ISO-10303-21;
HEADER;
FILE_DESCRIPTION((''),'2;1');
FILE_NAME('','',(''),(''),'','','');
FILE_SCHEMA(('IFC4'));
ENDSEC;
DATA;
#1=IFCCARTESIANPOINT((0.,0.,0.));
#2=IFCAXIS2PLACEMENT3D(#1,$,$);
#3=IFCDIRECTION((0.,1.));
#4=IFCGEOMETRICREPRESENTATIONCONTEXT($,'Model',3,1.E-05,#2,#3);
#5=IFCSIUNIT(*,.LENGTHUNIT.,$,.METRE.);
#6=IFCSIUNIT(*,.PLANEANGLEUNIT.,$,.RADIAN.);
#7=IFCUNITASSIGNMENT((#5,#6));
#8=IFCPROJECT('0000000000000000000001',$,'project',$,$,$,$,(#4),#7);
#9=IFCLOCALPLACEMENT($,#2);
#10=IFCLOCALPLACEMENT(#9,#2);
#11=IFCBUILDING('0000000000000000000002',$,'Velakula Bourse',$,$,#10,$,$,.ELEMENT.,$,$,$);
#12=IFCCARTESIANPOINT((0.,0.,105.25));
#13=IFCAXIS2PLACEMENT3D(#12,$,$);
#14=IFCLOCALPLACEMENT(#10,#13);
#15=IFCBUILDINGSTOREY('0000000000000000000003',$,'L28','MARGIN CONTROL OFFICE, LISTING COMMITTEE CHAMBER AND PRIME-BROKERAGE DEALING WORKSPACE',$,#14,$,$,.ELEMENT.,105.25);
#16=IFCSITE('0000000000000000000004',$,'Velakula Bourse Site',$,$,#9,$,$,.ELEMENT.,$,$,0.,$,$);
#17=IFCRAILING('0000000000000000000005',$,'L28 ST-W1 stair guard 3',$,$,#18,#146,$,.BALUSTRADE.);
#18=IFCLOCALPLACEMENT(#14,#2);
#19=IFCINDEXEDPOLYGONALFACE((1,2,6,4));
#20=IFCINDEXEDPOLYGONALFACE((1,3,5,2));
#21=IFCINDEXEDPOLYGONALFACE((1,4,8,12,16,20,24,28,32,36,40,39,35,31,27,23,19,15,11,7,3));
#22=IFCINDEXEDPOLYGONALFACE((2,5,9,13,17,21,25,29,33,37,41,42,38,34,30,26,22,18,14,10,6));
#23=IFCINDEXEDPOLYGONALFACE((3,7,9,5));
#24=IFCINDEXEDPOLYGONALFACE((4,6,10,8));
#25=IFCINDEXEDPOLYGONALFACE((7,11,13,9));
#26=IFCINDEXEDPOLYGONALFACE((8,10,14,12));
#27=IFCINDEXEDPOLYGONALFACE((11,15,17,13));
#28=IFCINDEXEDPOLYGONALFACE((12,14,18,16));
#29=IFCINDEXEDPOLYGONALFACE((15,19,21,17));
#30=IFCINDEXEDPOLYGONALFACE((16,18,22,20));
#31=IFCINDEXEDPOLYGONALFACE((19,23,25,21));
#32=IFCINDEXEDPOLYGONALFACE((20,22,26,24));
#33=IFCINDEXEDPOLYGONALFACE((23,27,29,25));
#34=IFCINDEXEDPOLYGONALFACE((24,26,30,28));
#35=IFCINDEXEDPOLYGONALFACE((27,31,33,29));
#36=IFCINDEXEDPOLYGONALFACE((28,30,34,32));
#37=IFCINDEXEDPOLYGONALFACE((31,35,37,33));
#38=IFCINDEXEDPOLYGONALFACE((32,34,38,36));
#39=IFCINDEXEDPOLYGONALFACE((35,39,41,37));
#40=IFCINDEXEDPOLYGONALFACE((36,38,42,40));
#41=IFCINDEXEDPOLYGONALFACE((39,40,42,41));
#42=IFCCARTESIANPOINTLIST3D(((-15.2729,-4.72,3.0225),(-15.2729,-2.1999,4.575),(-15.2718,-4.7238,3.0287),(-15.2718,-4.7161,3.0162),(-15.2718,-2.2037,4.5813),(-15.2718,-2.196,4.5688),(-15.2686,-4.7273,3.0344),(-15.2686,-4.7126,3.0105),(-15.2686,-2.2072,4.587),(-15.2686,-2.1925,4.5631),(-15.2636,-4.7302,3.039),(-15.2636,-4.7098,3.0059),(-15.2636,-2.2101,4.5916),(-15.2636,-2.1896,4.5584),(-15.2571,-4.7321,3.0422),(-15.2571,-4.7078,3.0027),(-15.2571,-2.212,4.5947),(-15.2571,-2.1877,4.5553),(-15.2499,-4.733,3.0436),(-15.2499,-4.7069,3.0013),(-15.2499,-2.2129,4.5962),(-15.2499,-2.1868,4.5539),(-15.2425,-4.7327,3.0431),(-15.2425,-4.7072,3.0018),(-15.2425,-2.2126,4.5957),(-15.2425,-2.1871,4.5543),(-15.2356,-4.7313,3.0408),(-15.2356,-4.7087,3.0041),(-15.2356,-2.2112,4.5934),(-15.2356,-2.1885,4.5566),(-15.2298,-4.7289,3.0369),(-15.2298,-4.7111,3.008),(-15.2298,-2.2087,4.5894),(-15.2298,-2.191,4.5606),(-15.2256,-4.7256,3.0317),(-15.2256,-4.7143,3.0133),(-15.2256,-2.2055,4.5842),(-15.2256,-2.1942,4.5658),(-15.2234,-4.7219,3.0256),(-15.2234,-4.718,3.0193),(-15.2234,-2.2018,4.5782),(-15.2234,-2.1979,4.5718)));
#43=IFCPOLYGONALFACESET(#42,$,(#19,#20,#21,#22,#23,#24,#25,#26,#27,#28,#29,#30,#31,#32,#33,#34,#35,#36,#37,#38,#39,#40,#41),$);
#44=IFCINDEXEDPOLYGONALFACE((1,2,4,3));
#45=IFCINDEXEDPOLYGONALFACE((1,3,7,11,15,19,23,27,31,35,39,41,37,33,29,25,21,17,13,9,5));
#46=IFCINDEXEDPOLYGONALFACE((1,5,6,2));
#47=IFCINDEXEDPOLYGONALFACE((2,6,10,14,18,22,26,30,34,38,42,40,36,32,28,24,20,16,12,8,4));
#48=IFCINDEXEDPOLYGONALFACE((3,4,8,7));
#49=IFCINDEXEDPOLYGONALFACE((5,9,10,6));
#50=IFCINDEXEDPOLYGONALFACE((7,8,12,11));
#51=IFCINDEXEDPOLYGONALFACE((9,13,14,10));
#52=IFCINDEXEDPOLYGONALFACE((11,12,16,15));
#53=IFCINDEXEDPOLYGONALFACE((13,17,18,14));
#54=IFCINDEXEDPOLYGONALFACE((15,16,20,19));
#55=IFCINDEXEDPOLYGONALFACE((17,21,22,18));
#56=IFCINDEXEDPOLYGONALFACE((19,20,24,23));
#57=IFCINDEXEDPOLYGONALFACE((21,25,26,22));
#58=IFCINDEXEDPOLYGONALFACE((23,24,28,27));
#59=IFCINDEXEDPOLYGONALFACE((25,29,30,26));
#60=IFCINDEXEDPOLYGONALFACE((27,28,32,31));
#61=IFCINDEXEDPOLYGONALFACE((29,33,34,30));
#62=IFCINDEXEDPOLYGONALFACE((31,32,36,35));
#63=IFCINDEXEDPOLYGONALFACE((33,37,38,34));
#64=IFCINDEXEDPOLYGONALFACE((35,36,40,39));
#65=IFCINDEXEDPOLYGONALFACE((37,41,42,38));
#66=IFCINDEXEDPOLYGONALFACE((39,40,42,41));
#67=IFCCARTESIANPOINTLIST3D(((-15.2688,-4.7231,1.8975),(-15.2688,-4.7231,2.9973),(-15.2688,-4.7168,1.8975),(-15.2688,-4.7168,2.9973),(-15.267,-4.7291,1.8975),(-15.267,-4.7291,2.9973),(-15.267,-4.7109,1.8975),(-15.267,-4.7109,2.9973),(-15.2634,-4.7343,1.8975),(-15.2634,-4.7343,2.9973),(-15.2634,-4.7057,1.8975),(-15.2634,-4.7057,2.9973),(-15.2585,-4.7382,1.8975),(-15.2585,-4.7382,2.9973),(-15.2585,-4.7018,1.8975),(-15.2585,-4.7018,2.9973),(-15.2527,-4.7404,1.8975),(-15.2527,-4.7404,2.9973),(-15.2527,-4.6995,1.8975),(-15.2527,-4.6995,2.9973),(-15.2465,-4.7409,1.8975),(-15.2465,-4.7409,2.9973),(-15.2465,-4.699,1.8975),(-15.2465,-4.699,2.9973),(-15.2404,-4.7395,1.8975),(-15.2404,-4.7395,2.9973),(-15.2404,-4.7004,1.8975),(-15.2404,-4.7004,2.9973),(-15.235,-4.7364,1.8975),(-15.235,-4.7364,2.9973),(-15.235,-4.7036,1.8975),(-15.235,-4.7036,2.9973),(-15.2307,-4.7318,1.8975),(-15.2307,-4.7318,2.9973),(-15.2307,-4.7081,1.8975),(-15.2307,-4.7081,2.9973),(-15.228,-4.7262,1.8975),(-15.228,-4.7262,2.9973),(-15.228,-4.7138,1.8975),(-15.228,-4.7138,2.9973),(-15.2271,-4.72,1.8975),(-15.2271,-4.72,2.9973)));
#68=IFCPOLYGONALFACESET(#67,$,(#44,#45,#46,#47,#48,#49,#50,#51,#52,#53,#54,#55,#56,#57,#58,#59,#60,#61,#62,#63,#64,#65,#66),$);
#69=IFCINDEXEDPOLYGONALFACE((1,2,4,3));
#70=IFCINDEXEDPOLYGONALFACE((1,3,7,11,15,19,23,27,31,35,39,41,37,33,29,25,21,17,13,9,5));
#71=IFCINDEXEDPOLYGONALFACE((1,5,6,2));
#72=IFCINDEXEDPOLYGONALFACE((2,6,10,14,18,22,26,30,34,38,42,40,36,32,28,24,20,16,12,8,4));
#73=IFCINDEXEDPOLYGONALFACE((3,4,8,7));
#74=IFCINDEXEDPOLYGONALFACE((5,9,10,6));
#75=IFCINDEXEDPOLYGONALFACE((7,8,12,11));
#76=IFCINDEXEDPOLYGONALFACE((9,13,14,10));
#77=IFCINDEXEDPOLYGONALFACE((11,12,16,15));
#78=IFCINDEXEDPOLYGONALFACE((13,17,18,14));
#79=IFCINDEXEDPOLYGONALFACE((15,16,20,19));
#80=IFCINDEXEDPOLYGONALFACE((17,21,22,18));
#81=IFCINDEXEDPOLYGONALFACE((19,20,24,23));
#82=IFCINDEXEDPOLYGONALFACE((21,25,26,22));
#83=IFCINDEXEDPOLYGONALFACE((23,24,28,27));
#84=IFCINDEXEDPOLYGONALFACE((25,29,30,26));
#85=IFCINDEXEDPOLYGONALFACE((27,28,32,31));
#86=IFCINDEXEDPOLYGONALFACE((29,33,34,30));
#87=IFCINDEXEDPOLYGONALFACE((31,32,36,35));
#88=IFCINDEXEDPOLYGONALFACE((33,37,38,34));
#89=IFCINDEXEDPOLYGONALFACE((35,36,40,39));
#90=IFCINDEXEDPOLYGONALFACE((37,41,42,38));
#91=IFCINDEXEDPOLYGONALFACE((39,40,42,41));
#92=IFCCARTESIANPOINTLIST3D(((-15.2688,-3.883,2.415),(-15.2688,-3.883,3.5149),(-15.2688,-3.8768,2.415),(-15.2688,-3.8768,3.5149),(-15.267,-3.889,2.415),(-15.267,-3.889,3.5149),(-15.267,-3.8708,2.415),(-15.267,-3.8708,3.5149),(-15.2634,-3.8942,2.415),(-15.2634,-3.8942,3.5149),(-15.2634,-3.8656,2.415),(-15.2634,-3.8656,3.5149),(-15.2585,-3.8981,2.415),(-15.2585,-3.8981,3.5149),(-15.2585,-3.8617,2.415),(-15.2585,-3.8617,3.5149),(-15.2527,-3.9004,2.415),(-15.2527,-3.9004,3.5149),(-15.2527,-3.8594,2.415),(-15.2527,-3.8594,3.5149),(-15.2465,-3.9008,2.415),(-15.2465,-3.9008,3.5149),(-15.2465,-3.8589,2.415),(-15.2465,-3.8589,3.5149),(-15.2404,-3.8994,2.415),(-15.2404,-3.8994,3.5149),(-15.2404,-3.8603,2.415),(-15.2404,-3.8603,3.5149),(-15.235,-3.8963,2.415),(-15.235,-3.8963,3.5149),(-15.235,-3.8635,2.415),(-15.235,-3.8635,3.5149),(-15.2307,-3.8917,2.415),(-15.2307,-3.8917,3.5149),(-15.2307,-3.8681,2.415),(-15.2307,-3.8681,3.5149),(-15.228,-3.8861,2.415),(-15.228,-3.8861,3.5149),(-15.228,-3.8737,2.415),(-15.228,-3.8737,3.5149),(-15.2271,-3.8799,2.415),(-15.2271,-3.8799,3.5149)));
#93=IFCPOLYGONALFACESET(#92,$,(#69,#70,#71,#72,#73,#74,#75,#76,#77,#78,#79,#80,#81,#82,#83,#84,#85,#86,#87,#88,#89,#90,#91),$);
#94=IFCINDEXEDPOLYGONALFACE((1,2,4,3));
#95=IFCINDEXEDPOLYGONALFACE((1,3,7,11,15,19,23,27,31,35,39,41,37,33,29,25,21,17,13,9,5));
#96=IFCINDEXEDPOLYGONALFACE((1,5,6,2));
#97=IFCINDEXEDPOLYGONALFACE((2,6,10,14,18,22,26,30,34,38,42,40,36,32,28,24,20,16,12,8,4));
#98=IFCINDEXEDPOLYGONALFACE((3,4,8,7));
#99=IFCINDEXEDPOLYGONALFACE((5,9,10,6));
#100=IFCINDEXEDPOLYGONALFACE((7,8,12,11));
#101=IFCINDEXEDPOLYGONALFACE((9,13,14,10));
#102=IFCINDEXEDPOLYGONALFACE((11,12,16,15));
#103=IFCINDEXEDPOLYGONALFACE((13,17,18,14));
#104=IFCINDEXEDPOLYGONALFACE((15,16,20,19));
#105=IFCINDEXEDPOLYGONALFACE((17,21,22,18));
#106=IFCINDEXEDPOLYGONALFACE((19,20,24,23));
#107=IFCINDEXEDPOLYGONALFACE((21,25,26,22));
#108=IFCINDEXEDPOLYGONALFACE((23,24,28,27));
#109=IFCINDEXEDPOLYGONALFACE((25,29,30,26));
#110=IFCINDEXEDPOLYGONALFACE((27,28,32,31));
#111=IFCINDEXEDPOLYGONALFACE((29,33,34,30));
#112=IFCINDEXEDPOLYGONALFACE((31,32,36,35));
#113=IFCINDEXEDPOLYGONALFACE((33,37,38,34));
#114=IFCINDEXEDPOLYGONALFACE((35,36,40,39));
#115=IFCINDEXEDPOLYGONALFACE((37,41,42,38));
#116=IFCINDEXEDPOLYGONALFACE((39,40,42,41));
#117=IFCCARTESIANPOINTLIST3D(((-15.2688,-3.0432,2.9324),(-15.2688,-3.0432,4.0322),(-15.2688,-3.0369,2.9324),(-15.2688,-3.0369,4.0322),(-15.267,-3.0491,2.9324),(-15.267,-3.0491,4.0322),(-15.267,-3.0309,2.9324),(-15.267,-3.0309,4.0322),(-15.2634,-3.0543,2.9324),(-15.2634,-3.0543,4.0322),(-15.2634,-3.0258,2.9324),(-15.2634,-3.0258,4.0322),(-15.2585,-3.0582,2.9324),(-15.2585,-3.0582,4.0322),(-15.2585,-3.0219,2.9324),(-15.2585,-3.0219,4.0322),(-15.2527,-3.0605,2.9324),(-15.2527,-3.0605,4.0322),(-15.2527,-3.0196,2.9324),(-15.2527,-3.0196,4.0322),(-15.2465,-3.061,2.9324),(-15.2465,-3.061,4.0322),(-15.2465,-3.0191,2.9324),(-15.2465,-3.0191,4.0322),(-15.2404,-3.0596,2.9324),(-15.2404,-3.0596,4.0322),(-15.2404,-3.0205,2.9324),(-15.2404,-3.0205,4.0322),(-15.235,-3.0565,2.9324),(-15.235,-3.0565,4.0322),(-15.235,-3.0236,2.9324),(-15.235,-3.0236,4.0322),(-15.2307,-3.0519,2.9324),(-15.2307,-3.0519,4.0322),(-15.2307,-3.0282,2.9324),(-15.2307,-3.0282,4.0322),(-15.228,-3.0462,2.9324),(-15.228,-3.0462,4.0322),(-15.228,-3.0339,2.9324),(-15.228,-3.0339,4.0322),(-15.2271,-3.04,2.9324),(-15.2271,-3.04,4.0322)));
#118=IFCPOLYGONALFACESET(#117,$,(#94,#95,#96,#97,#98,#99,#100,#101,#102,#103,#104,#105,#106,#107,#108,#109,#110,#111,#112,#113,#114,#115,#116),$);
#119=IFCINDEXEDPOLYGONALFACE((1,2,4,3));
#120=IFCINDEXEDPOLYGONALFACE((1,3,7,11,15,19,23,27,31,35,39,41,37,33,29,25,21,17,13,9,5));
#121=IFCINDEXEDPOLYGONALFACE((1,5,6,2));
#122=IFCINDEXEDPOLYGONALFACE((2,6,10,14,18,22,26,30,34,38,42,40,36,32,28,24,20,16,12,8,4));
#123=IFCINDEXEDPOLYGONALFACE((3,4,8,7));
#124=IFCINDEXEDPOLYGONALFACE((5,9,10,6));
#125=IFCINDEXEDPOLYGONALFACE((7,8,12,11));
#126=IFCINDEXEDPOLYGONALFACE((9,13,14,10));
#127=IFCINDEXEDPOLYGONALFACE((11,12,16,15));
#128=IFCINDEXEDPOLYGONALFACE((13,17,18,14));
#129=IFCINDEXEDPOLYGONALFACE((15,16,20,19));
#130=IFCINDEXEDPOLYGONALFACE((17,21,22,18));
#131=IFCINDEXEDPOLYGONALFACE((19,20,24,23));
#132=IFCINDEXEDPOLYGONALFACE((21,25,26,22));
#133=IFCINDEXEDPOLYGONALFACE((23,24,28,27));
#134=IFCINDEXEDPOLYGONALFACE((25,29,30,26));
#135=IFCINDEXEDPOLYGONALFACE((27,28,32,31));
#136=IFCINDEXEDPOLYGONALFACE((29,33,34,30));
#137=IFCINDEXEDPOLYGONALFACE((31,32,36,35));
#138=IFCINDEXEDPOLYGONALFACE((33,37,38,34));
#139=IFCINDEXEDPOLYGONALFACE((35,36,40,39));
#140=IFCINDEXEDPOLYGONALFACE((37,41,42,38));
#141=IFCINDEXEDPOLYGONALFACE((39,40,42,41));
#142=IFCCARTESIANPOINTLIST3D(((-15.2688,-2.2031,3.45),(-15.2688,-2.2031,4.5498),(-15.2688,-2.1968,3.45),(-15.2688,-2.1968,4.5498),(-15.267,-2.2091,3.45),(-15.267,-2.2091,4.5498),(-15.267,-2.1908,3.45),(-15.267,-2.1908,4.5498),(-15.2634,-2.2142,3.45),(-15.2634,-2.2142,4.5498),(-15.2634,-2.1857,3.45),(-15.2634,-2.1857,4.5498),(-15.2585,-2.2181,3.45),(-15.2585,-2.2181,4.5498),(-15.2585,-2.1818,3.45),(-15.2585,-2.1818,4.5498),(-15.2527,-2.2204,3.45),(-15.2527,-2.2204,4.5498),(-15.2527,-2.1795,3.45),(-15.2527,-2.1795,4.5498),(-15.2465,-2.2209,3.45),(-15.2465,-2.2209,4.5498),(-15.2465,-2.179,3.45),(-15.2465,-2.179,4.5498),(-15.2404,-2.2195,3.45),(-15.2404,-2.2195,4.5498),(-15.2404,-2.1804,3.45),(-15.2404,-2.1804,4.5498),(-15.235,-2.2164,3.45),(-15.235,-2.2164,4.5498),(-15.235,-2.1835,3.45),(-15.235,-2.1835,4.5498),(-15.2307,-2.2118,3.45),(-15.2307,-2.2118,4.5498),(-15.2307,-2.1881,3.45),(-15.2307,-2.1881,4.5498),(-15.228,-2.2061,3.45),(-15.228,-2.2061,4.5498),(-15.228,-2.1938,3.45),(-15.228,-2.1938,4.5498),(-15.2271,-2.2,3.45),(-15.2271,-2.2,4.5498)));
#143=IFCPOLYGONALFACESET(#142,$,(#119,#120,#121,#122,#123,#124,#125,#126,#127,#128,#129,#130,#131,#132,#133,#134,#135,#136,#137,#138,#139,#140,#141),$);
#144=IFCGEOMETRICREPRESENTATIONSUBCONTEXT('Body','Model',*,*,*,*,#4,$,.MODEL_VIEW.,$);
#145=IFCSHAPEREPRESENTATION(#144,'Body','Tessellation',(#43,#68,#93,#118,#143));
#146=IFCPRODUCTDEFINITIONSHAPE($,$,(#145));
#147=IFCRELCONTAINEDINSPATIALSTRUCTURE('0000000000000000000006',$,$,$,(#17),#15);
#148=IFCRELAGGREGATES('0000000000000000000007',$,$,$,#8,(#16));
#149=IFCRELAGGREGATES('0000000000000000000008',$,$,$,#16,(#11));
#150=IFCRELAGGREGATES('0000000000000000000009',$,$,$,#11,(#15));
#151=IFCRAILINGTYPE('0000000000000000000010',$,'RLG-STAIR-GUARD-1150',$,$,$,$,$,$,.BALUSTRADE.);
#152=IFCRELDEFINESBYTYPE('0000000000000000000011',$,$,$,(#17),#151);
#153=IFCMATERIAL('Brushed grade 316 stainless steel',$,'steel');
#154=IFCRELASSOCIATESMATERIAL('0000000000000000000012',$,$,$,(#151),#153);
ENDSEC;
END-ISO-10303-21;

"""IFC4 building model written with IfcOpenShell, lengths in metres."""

from ifc_helpers import new_model, si_unit, direction, frame, origin, origin_2d, place, context, subcontext, project, spatial, circle, extrude, material, type_object, element, save


model = new_model("IFC4")

# Units and contexts
model_context = context("Model", 3, precision=1e-05, world=origin(), true_north=direction((0.0, 1.0)))
body_context = subcontext(model_context, "Body", "Model", "MODEL_VIEW")
ifc_project = project(units=[si_unit("LENGTHUNIT", "METRE"), si_unit("PLANEANGLEUNIT", "RADIAN")], contexts=[model_context])

# Site, building, storey
site_placement = place(None, origin())
site = spatial("IfcSite", under=ifc_project, at=site_placement, Name="Velakula Bourse Site", CompositionType="ELEMENT", RefElevation=0.0)
building_placement = place(site_placement, origin())
building = spatial("IfcBuilding", under=site, at=building_placement, Name="Velakula Bourse", CompositionType="ELEMENT")
storey_placement = place(building_placement, frame((0.0, 0.0, 105.25)))
storey = spatial("IfcBuildingStorey", under=building, at=storey_placement, Name="L28", Description="MARGIN CONTROL OFFICE, LISTING COMMITTEE CHAMBER AND PRIME-BROKERAGE DEALING WORKSPACE", CompositionType="ELEMENT", Elevation=105.25)

# Shared definitions
ifc_material_1 = material(Name="Brushed grade 316 stainless steel", Category="steel")

# Railing
railing_type_1 = type_object("IfcRailingType", Name="RLG-STAIR-GUARD-1150", PredefinedType="BALUSTRADE", material=ifc_material_1)
railing_1_placement = place(storey_placement, frame((-15.248, -4.72, 1.8975)))
element("IfcRailing", 1, at=railing_1_placement, inside=storey, type_object=railing_type_1, Name="L28 ST-W1 stair guard 3", PredefinedType="BALUSTRADE", context=body_context, shape_type="SweptSolid", body=[
    extrude(circle(Radius=0.0249, at=origin_2d()), frame((0.0, 0.0, 1.125), z_axis=(0.0, 0.8514, 0.524516), x_axis=(-1.0, 0.0, 0.0)), (0.0, 0.0, 1.0), 2.96),
    extrude(circle(Radius=0.021, at=origin_2d()), origin(), (0.0, 0.0, 1.0), 1.0999),
    extrude(circle(Radius=0.021, at=origin_2d()), frame((0.0, 0.8401, 0.5176)), (0.0, 0.0, 1.0), 1.0999),
    extrude(circle(Radius=0.021, at=origin_2d()), frame((0.0, 1.6799, 1.0349)), (0.0, 0.0, 1.0), 1.0999),
    extrude(circle(Radius=0.021, at=origin_2d()), frame((0.0, 2.52, 1.5525)), (0.0, 0.0, 1.0), 1.0999),
])

save(model, "model.ifc")
